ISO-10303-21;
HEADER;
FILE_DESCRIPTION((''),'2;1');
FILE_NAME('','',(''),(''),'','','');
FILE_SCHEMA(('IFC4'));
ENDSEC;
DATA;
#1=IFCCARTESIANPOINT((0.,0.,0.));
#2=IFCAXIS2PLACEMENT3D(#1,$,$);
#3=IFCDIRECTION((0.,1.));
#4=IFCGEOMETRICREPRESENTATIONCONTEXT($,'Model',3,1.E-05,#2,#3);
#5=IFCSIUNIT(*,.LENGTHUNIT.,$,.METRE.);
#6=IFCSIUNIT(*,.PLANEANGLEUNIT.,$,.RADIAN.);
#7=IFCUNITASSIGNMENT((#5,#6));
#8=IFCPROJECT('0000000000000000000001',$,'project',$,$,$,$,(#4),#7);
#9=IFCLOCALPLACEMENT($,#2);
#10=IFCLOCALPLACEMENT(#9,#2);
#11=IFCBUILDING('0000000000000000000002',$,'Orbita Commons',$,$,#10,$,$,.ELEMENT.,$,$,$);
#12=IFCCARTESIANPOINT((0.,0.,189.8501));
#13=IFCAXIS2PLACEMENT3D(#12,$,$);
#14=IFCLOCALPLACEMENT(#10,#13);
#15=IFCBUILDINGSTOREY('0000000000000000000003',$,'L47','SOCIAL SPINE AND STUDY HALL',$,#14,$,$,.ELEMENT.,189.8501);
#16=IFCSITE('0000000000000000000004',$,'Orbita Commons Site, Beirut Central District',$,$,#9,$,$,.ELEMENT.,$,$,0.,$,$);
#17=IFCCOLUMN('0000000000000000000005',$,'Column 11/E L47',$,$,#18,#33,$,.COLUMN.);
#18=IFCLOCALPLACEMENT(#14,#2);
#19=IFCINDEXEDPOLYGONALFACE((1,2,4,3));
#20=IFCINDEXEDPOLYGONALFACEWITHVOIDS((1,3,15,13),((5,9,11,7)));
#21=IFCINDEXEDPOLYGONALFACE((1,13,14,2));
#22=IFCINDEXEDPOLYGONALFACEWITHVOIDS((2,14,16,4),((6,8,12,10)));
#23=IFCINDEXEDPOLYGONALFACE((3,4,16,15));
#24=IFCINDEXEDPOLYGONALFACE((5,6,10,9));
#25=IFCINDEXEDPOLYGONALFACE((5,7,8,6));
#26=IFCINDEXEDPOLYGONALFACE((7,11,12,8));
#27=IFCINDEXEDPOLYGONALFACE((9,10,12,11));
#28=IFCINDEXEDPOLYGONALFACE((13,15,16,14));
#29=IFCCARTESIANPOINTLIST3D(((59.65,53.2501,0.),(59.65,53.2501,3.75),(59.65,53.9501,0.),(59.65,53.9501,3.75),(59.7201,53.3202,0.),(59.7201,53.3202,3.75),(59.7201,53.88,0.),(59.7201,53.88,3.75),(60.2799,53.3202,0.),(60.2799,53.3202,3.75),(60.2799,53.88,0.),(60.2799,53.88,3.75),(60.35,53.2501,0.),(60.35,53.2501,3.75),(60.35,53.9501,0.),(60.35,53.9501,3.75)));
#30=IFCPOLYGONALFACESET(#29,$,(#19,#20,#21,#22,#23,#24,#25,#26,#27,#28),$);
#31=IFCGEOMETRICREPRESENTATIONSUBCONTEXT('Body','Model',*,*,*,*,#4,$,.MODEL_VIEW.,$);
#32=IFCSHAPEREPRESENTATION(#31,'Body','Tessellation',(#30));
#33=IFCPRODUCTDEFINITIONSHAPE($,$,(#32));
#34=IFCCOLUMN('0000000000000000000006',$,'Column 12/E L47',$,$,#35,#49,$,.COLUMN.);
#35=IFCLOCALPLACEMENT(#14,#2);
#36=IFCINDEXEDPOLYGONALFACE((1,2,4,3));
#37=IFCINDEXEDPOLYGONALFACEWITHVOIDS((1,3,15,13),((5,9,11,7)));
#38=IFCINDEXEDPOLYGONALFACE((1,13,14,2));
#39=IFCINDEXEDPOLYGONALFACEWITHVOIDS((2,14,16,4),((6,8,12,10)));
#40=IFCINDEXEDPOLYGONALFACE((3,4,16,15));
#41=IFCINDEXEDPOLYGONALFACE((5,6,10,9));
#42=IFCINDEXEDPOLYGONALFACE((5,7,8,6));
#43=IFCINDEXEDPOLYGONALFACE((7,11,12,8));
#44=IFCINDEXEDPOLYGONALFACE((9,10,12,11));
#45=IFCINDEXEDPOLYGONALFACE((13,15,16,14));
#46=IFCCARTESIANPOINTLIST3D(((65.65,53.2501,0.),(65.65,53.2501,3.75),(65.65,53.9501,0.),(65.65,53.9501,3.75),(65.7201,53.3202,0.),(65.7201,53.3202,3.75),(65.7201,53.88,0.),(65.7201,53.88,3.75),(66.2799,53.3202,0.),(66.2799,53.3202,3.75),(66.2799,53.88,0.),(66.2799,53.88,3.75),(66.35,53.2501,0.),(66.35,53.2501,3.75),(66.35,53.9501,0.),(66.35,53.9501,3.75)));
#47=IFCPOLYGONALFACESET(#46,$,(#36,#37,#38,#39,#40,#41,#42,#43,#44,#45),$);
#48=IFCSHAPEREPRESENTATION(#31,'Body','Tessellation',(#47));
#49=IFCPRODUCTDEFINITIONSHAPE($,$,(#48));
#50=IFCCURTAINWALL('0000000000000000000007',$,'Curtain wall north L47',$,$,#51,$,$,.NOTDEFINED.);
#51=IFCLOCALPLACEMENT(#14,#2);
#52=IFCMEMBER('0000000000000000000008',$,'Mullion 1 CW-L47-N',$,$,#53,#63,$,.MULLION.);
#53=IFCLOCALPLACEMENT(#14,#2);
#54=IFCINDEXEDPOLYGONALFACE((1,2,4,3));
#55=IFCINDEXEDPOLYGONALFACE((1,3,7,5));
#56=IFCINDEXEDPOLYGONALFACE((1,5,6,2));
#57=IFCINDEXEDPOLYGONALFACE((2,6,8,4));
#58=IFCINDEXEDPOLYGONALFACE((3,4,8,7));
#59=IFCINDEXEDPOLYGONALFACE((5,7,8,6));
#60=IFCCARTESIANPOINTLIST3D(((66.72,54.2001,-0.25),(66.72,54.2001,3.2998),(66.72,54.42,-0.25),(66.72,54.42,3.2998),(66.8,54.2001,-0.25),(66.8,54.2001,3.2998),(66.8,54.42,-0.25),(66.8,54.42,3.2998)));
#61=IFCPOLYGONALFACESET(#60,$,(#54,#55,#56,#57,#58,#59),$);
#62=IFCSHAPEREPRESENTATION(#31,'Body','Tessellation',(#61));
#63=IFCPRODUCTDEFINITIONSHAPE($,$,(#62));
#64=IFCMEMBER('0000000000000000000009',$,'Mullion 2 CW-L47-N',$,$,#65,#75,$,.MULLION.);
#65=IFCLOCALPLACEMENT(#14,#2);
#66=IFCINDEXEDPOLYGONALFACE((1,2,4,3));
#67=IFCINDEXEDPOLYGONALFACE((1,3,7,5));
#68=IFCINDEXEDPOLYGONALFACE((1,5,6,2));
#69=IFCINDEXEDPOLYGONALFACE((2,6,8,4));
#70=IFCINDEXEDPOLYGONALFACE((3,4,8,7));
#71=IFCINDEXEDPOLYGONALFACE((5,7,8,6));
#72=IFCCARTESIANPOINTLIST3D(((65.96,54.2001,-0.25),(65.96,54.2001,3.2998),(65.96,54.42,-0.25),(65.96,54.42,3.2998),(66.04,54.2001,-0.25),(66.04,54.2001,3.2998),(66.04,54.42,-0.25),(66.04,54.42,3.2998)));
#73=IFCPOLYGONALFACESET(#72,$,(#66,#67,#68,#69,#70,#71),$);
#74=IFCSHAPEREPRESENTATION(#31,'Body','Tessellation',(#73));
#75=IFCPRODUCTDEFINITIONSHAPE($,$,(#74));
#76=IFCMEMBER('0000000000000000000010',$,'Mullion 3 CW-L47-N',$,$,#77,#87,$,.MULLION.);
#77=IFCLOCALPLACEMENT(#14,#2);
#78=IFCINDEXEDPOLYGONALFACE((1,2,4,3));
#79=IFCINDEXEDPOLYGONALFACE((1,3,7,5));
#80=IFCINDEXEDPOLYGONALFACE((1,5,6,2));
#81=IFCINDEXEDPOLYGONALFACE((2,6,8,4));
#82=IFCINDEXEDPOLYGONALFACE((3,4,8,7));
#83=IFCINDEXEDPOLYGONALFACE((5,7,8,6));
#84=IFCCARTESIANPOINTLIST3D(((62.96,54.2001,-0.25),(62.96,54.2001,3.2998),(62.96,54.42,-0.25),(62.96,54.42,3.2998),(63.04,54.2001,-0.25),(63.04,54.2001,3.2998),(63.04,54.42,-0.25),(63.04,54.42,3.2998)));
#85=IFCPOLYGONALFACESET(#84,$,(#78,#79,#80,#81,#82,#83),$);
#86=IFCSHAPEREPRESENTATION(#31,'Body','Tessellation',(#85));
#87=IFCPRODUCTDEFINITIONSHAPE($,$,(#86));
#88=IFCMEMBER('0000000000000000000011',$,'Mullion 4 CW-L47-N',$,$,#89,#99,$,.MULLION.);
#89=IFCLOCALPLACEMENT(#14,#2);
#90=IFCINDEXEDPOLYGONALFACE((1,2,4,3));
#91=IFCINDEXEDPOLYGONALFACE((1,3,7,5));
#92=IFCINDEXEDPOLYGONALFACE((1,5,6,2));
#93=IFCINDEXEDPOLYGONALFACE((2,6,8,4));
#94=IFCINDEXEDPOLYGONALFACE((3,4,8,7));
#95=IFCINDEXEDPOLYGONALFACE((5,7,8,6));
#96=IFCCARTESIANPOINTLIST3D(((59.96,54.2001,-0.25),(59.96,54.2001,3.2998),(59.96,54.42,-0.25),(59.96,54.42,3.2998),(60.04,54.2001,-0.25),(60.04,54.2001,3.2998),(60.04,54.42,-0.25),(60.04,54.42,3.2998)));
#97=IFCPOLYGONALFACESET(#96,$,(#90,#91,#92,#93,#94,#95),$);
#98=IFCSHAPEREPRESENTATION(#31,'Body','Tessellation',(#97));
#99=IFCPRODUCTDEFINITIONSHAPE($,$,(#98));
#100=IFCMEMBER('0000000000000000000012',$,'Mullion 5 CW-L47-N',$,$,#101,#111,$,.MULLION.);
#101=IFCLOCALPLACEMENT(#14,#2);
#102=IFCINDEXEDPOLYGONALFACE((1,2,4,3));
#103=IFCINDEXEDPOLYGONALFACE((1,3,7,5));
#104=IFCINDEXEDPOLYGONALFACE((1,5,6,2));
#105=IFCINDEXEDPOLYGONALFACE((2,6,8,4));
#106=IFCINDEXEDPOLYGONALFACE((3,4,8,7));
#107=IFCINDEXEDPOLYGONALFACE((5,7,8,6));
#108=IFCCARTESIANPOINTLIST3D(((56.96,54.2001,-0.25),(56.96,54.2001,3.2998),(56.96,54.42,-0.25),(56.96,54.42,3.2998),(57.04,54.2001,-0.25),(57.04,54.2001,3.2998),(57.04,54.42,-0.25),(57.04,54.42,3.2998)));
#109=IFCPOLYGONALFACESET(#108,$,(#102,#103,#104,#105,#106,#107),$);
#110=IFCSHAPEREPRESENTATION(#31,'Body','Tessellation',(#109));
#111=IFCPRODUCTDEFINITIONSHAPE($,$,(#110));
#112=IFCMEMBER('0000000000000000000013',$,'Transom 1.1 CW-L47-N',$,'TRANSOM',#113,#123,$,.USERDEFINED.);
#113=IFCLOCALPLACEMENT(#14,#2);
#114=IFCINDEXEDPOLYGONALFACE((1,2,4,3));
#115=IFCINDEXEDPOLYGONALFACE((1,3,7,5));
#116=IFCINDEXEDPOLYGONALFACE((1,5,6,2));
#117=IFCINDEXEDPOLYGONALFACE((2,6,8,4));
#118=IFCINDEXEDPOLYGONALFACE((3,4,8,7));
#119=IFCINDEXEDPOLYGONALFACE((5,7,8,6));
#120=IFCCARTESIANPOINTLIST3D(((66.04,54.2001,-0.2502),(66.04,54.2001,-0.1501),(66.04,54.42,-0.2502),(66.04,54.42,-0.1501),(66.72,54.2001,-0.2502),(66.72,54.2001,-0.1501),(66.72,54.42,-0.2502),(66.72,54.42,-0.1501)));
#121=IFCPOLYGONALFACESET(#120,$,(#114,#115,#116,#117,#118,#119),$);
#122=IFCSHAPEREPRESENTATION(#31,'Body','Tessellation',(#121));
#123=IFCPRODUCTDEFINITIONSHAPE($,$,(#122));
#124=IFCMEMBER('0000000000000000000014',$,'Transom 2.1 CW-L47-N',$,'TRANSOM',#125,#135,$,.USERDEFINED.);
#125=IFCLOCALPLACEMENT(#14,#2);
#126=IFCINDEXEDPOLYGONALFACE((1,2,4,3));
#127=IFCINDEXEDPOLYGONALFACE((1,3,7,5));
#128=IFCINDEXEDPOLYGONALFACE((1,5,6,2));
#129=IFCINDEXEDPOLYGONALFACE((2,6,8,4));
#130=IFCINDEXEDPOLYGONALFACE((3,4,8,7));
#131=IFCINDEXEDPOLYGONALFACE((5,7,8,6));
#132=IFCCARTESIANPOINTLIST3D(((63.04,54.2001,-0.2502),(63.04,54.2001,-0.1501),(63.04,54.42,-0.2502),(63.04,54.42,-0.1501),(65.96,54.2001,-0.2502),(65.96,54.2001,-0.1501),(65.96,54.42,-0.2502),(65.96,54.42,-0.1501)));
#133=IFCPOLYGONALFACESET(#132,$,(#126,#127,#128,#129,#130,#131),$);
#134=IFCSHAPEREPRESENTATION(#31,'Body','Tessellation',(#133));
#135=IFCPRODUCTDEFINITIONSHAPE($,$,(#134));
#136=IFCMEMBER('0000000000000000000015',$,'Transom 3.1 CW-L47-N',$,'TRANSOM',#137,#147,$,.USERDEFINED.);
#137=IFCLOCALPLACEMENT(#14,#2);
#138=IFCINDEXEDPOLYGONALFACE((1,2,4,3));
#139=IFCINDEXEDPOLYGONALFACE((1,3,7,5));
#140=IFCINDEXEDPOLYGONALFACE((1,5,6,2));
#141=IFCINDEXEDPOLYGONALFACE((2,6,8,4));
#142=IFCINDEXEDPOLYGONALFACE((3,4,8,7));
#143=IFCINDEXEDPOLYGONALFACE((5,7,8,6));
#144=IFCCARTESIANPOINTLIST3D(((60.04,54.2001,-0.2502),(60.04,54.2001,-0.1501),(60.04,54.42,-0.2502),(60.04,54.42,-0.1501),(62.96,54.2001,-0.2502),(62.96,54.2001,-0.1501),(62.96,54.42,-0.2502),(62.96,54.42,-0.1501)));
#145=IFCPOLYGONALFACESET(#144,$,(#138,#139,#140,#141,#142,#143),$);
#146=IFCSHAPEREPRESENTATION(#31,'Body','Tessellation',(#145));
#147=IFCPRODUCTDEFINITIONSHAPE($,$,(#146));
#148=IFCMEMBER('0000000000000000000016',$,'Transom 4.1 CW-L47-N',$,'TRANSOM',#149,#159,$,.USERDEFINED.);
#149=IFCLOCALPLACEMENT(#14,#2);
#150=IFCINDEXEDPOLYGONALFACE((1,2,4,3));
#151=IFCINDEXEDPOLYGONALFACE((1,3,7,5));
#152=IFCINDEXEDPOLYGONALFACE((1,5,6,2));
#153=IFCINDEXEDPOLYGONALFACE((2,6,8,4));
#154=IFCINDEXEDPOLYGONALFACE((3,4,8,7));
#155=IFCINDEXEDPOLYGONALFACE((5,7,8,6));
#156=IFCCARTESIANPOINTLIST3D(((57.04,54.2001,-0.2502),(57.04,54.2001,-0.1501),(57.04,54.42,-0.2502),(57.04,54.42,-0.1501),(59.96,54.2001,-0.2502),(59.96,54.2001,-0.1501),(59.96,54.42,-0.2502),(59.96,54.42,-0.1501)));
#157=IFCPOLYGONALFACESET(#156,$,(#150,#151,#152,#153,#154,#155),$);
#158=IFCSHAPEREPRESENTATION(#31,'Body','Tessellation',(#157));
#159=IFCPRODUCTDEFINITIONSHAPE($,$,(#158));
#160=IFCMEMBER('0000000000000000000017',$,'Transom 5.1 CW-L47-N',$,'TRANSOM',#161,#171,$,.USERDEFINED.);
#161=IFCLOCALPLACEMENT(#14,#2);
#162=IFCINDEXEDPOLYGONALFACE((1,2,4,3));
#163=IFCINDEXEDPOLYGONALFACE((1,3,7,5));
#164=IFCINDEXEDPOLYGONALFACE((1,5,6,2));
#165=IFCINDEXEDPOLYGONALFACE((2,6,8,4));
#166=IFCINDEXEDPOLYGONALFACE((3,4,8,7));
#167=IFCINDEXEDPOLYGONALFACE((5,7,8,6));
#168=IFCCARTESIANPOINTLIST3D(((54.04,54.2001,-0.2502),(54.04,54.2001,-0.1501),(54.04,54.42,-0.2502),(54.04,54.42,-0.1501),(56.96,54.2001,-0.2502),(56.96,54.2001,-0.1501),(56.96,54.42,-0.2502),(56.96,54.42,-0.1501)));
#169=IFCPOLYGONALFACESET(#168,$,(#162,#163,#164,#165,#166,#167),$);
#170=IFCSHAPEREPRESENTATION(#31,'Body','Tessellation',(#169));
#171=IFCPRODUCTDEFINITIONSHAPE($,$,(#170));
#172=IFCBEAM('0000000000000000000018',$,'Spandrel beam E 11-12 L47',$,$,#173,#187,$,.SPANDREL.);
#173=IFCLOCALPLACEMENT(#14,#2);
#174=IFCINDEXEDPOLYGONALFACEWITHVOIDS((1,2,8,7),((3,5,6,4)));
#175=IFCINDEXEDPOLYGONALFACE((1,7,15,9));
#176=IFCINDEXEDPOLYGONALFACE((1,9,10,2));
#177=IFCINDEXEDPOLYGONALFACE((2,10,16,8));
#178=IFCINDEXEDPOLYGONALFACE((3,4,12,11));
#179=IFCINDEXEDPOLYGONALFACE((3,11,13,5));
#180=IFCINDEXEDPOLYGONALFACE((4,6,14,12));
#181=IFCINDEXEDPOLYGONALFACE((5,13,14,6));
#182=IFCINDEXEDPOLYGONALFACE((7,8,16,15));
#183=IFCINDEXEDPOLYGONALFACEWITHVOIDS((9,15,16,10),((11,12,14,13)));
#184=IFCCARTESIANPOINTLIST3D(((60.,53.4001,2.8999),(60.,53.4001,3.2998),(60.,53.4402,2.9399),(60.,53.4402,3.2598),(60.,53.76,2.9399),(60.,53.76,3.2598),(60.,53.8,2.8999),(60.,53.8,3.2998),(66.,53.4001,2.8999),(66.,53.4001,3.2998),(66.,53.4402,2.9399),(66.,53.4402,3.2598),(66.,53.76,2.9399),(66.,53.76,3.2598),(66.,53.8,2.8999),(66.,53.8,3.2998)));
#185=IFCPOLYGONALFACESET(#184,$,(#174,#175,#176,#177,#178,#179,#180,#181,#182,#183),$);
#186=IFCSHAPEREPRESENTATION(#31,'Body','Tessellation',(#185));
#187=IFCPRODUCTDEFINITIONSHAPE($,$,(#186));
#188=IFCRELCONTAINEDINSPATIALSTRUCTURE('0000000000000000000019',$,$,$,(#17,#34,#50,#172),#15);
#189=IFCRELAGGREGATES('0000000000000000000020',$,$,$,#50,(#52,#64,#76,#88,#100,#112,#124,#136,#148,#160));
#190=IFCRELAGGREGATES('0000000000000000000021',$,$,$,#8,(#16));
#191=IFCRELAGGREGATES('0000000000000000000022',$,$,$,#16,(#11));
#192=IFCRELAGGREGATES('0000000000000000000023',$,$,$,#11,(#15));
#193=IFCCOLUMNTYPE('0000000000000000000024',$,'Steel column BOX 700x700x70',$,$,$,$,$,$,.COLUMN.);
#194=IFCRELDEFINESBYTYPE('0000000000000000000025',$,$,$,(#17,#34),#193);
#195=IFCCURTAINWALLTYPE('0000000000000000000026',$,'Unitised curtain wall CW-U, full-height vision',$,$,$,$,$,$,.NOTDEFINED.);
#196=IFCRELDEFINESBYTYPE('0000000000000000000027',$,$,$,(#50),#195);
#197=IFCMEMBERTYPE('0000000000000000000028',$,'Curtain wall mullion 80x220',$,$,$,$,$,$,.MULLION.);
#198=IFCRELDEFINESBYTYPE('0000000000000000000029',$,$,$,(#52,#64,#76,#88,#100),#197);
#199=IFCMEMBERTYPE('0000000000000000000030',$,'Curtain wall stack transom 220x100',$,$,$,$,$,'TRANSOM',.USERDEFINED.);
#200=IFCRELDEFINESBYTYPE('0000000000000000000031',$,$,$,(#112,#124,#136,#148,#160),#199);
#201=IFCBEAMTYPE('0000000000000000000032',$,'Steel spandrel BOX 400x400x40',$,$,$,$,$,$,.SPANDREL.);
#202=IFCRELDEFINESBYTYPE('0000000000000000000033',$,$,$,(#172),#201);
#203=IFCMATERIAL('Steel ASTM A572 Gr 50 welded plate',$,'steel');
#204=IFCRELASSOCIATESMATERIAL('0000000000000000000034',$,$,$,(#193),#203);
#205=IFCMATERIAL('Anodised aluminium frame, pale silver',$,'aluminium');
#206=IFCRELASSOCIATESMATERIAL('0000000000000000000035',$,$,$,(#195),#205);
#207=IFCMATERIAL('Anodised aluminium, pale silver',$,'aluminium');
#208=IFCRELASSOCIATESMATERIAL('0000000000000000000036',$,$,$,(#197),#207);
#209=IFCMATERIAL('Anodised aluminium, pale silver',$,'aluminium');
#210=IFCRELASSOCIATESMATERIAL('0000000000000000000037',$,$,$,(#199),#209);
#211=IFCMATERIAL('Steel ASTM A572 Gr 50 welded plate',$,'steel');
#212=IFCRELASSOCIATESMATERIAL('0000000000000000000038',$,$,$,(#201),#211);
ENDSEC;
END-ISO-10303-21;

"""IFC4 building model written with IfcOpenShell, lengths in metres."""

from ifc_helpers import new_model, si_unit, direction, frame, origin, origin_2d, place, context, subcontext, project, spatial, rectangle, hollow_rectangle, extrude, material, material_profile, profile_set, type_object, element, aggregate, save


model = new_model("IFC4")

# Units and contexts
model_context = context("Model", 3, precision=1e-05, world=origin(), true_north=direction((0.0, 1.0)))
body_context = subcontext(model_context, "Body", "Model", "MODEL_VIEW")
ifc_project = project(units=[si_unit("LENGTHUNIT", "METRE"), si_unit("PLANEANGLEUNIT", "RADIAN")], contexts=[model_context])

# Site, building, storey
site_placement = place(None, origin())
site = spatial("IfcSite", under=ifc_project, at=site_placement, Name="Orbita Commons Site, Beirut Central District", CompositionType="ELEMENT", RefElevation=0.0)
building_placement = place(site_placement, origin())
building = spatial("IfcBuilding", under=site, at=building_placement, Name="Orbita Commons", CompositionType="ELEMENT")
storey_placement = place(building_placement, frame((0.0, 0.0, 189.8501)))
storey = spatial("IfcBuildingStorey", under=building, at=storey_placement, Name="L47", Description="SOCIAL SPINE AND STUDY HALL", CompositionType="ELEMENT", Elevation=189.8501)

# Columns
ifc_material_1 = material(Name="Steel ASTM A572 Gr 50 welded plate", Category="steel")
ifc_material_profile_1 = material_profile(ifc_material_1, hollow_rectangle(XDim=0.7, YDim=0.7, WallThickness=0.0701, at=origin_2d()), Name="BOX 700x700x70")
ifc_profile_set_1 = profile_set([ifc_material_profile_1], Name="Steel ASTM A572 Gr 50 welded plate")
column_type = type_object("IfcColumnType", Name="Steel column BOX 700x700x70", PredefinedType="COLUMN", material=ifc_profile_set_1)
for number, where, z_axis, x_axis, name in (
    (1, (60.0, 53.6001, 0.0), (0.0, 0.0, 1.0), (1.0, 0.0, 0.0), "Column 11/E L47"),
    (2, (66.0, 53.6001, 0.0), (0.0, 0.0, 1.0), (1.0, 0.0, 0.0), "Column 12/E L47"),
):
    element("IfcColumn", number, at=place(storey_placement, frame(where, z_axis=z_axis, x_axis=x_axis)), inside=storey, type_object=column_type, Name=name, PredefinedType="COLUMN", context=body_context, shape_type="SweptSolid", body=[
        extrude(hollow_rectangle(XDim=0.7, YDim=0.7, WallThickness=0.0701, at=origin_2d()), origin(), (0.0, 0.0, 1.0), 3.75),
    ])

# Curtain wall, members
ifc_material_2 = material(Name="Anodised aluminium frame, pale silver", Category="aluminium")
curtain_wall_type = type_object("IfcCurtainWallType", Name="Unitised curtain wall CW-U, full-height vision", PredefinedType="NOTDEFINED", material=ifc_material_2)
curtain_wall_placement = place(storey_placement, origin())
curtain_wall = element("IfcCurtainWall", 3, at=curtain_wall_placement, inside=storey, type_object=curtain_wall_type, Name="Curtain wall north L47", PredefinedType="NOTDEFINED")
ifc_material_3 = material(Name="Anodised aluminium, pale silver", Category="aluminium")
ifc_material_profile_2 = material_profile(ifc_material_3, rectangle(XDim=0.0801, YDim=0.22, at=origin_2d()), Name="AL 80x220")
ifc_profile_set_2 = profile_set([ifc_material_profile_2], Name="Anodised aluminium, pale silver")
member_type_1 = type_object("IfcMemberType", Name="Curtain wall mullion 80x220", PredefinedType="MULLION", material=ifc_profile_set_2)
member_1_placement = place(storey_placement, frame((66.76, 54.3101, -0.25), z_axis=(0.0, 0.0, 1.0), x_axis=(-1.0, 0.0, 0.0)))
member_1 = element("IfcMember", 4, at=member_1_placement, type_object=member_type_1, Name="Mullion 1 CW-L47-N", PredefinedType="MULLION", context=body_context, shape_type="SweptSolid", body=[
    extrude(rectangle(XDim=0.0801, YDim=0.22, at=origin_2d()), origin(), (0.0, 0.0, 1.0), 3.5498),
])
member_2_placement = place(storey_placement, frame((66.0, 54.3101, -0.25), z_axis=(0.0, 0.0, 1.0), x_axis=(-1.0, 0.0, 0.0)))
member_2 = element("IfcMember", 5, at=member_2_placement, type_object=member_type_1, Name="Mullion 2 CW-L47-N", PredefinedType="MULLION", context=body_context, shape_type="SweptSolid", body=[
    extrude(rectangle(XDim=0.0801, YDim=0.22, at=origin_2d()), origin(), (0.0, 0.0, 1.0), 3.5498),
])
member_3_placement = place(storey_placement, frame((63.0, 54.3101, -0.25), z_axis=(0.0, 0.0, 1.0), x_axis=(-1.0, 0.0, 0.0)))
member_3 = element("IfcMember", 6, at=member_3_placement, type_object=member_type_1, Name="Mullion 3 CW-L47-N", PredefinedType="MULLION", context=body_context, shape_type="SweptSolid", body=[
    extrude(rectangle(XDim=0.0801, YDim=0.22, at=origin_2d()), origin(), (0.0, 0.0, 1.0), 3.5498),
])
member_4_placement = place(storey_placement, frame((60.0, 54.3101, -0.25), z_axis=(0.0, 0.0, 1.0), x_axis=(-1.0, 0.0, 0.0)))
member_4 = element("IfcMember", 7, at=member_4_placement, type_object=member_type_1, Name="Mullion 4 CW-L47-N", PredefinedType="MULLION", context=body_context, shape_type="SweptSolid", body=[
    extrude(rectangle(XDim=0.0801, YDim=0.22, at=origin_2d()), origin(), (0.0, 0.0, 1.0), 3.5498),
])
member_5_placement = place(storey_placement, frame((57.0, 54.3101, -0.25), z_axis=(0.0, 0.0, 1.0), x_axis=(-1.0, 0.0, 0.0)))
member_5 = element("IfcMember", 8, at=member_5_placement, type_object=member_type_1, Name="Mullion 5 CW-L47-N", PredefinedType="MULLION", context=body_context, shape_type="SweptSolid", body=[
    extrude(rectangle(XDim=0.0801, YDim=0.22, at=origin_2d()), origin(), (0.0, 0.0, 1.0), 3.5498),
])
ifc_material_4 = material(Name="Anodised aluminium, pale silver", Category="aluminium")
ifc_material_profile_3 = material_profile(ifc_material_4, rectangle(XDim=0.22, YDim=0.1001, at=origin_2d()), Name="AL 220x100")
ifc_profile_set_3 = profile_set([ifc_material_profile_3], Name="Anodised aluminium, pale silver")
member_type_2 = type_object("IfcMemberType", Name="Curtain wall stack transom 220x100", ElementType="TRANSOM", PredefinedType="USERDEFINED", material=ifc_profile_set_3)
member_6_placement = place(storey_placement, frame((66.72, 54.3101, -0.2002), z_axis=(-1.0, 0.0, 0.0), x_axis=(0.0, -1.0, 0.0)))
member_6 = element("IfcMember", 9, at=member_6_placement, type_object=member_type_2, Name="Transom 1.1 CW-L47-N", ObjectType="TRANSOM", PredefinedType="USERDEFINED", context=body_context, shape_type="SweptSolid", body=[
    extrude(rectangle(XDim=0.22, YDim=0.1001, at=origin_2d()), origin(), (0.0, 0.0, 1.0), 0.6799),
])
member_7_placement = place(storey_placement, frame((65.96, 54.3101, -0.2002), z_axis=(-1.0, 0.0, 0.0), x_axis=(0.0, -1.0, 0.0)))
member_7 = element("IfcMember", 10, at=member_7_placement, type_object=member_type_2, Name="Transom 2.1 CW-L47-N", ObjectType="TRANSOM", PredefinedType="USERDEFINED", context=body_context, shape_type="SweptSolid", body=[
    extrude(rectangle(XDim=0.22, YDim=0.1001, at=origin_2d()), origin(), (0.0, 0.0, 1.0), 2.9199),
])
member_8_placement = place(storey_placement, frame((62.96, 54.3101, -0.2002), z_axis=(-1.0, 0.0, 0.0), x_axis=(0.0, -1.0, 0.0)))
member_8 = element("IfcMember", 11, at=member_8_placement, type_object=member_type_2, Name="Transom 3.1 CW-L47-N", ObjectType="TRANSOM", PredefinedType="USERDEFINED", context=body_context, shape_type="SweptSolid", body=[
    extrude(rectangle(XDim=0.22, YDim=0.1001, at=origin_2d()), origin(), (0.0, 0.0, 1.0), 2.9199),
])
member_9_placement = place(storey_placement, frame((59.96, 54.3101, -0.2002), z_axis=(-1.0, 0.0, 0.0), x_axis=(0.0, -1.0, 0.0)))
member_9 = element("IfcMember", 12, at=member_9_placement, type_object=member_type_2, Name="Transom 4.1 CW-L47-N", ObjectType="TRANSOM", PredefinedType="USERDEFINED", context=body_context, shape_type="SweptSolid", body=[
    extrude(rectangle(XDim=0.22, YDim=0.1001, at=origin_2d()), origin(), (0.0, 0.0, 1.0), 2.9199),
])
member_10_placement = place(storey_placement, frame((56.96, 54.3101, -0.2002), z_axis=(-1.0, 0.0, 0.0), x_axis=(0.0, -1.0, 0.0)))
member_10 = element("IfcMember", 13, at=member_10_placement, type_object=member_type_2, Name="Transom 5.1 CW-L47-N", ObjectType="TRANSOM", PredefinedType="USERDEFINED", context=body_context, shape_type="SweptSolid", body=[
    extrude(rectangle(XDim=0.22, YDim=0.1001, at=origin_2d()), origin(), (0.0, 0.0, 1.0), 2.9199),
])

# Beam
ifc_material_5 = material(Name="Steel ASTM A572 Gr 50 welded plate", Category="steel")
ifc_material_profile_4 = material_profile(ifc_material_5, hollow_rectangle(XDim=0.3999, YDim=0.3999, WallThickness=0.04, at=origin_2d()), Name="BOX 400x400x40")
ifc_profile_set_4 = profile_set([ifc_material_profile_4], Name="Steel ASTM A572 Gr 50 welded plate")
beam_type = type_object("IfcBeamType", Name="Steel spandrel BOX 400x400x40", PredefinedType="SPANDREL", material=ifc_profile_set_4)
beam_placement = place(storey_placement, frame((60.0, 53.6001, 3.0999), z_axis=(1.0, 0.0, 0.0), x_axis=(0.0, 1.0, 0.0)))
element("IfcBeam", 14, at=beam_placement, inside=storey, type_object=beam_type, Name="Spandrel beam E 11-12 L47", PredefinedType="SPANDREL", context=body_context, shape_type="SweptSolid", body=[
    extrude(hollow_rectangle(XDim=0.3999, YDim=0.3999, WallThickness=0.04, at=origin_2d()), origin(), (0.0, 0.0, 1.0), 6.0),
])

aggregate(curtain_wall, [member_1, member_2, member_3, member_4, member_5, member_6, member_7, member_8, member_9, member_10])

save(model, "model.ifc")
